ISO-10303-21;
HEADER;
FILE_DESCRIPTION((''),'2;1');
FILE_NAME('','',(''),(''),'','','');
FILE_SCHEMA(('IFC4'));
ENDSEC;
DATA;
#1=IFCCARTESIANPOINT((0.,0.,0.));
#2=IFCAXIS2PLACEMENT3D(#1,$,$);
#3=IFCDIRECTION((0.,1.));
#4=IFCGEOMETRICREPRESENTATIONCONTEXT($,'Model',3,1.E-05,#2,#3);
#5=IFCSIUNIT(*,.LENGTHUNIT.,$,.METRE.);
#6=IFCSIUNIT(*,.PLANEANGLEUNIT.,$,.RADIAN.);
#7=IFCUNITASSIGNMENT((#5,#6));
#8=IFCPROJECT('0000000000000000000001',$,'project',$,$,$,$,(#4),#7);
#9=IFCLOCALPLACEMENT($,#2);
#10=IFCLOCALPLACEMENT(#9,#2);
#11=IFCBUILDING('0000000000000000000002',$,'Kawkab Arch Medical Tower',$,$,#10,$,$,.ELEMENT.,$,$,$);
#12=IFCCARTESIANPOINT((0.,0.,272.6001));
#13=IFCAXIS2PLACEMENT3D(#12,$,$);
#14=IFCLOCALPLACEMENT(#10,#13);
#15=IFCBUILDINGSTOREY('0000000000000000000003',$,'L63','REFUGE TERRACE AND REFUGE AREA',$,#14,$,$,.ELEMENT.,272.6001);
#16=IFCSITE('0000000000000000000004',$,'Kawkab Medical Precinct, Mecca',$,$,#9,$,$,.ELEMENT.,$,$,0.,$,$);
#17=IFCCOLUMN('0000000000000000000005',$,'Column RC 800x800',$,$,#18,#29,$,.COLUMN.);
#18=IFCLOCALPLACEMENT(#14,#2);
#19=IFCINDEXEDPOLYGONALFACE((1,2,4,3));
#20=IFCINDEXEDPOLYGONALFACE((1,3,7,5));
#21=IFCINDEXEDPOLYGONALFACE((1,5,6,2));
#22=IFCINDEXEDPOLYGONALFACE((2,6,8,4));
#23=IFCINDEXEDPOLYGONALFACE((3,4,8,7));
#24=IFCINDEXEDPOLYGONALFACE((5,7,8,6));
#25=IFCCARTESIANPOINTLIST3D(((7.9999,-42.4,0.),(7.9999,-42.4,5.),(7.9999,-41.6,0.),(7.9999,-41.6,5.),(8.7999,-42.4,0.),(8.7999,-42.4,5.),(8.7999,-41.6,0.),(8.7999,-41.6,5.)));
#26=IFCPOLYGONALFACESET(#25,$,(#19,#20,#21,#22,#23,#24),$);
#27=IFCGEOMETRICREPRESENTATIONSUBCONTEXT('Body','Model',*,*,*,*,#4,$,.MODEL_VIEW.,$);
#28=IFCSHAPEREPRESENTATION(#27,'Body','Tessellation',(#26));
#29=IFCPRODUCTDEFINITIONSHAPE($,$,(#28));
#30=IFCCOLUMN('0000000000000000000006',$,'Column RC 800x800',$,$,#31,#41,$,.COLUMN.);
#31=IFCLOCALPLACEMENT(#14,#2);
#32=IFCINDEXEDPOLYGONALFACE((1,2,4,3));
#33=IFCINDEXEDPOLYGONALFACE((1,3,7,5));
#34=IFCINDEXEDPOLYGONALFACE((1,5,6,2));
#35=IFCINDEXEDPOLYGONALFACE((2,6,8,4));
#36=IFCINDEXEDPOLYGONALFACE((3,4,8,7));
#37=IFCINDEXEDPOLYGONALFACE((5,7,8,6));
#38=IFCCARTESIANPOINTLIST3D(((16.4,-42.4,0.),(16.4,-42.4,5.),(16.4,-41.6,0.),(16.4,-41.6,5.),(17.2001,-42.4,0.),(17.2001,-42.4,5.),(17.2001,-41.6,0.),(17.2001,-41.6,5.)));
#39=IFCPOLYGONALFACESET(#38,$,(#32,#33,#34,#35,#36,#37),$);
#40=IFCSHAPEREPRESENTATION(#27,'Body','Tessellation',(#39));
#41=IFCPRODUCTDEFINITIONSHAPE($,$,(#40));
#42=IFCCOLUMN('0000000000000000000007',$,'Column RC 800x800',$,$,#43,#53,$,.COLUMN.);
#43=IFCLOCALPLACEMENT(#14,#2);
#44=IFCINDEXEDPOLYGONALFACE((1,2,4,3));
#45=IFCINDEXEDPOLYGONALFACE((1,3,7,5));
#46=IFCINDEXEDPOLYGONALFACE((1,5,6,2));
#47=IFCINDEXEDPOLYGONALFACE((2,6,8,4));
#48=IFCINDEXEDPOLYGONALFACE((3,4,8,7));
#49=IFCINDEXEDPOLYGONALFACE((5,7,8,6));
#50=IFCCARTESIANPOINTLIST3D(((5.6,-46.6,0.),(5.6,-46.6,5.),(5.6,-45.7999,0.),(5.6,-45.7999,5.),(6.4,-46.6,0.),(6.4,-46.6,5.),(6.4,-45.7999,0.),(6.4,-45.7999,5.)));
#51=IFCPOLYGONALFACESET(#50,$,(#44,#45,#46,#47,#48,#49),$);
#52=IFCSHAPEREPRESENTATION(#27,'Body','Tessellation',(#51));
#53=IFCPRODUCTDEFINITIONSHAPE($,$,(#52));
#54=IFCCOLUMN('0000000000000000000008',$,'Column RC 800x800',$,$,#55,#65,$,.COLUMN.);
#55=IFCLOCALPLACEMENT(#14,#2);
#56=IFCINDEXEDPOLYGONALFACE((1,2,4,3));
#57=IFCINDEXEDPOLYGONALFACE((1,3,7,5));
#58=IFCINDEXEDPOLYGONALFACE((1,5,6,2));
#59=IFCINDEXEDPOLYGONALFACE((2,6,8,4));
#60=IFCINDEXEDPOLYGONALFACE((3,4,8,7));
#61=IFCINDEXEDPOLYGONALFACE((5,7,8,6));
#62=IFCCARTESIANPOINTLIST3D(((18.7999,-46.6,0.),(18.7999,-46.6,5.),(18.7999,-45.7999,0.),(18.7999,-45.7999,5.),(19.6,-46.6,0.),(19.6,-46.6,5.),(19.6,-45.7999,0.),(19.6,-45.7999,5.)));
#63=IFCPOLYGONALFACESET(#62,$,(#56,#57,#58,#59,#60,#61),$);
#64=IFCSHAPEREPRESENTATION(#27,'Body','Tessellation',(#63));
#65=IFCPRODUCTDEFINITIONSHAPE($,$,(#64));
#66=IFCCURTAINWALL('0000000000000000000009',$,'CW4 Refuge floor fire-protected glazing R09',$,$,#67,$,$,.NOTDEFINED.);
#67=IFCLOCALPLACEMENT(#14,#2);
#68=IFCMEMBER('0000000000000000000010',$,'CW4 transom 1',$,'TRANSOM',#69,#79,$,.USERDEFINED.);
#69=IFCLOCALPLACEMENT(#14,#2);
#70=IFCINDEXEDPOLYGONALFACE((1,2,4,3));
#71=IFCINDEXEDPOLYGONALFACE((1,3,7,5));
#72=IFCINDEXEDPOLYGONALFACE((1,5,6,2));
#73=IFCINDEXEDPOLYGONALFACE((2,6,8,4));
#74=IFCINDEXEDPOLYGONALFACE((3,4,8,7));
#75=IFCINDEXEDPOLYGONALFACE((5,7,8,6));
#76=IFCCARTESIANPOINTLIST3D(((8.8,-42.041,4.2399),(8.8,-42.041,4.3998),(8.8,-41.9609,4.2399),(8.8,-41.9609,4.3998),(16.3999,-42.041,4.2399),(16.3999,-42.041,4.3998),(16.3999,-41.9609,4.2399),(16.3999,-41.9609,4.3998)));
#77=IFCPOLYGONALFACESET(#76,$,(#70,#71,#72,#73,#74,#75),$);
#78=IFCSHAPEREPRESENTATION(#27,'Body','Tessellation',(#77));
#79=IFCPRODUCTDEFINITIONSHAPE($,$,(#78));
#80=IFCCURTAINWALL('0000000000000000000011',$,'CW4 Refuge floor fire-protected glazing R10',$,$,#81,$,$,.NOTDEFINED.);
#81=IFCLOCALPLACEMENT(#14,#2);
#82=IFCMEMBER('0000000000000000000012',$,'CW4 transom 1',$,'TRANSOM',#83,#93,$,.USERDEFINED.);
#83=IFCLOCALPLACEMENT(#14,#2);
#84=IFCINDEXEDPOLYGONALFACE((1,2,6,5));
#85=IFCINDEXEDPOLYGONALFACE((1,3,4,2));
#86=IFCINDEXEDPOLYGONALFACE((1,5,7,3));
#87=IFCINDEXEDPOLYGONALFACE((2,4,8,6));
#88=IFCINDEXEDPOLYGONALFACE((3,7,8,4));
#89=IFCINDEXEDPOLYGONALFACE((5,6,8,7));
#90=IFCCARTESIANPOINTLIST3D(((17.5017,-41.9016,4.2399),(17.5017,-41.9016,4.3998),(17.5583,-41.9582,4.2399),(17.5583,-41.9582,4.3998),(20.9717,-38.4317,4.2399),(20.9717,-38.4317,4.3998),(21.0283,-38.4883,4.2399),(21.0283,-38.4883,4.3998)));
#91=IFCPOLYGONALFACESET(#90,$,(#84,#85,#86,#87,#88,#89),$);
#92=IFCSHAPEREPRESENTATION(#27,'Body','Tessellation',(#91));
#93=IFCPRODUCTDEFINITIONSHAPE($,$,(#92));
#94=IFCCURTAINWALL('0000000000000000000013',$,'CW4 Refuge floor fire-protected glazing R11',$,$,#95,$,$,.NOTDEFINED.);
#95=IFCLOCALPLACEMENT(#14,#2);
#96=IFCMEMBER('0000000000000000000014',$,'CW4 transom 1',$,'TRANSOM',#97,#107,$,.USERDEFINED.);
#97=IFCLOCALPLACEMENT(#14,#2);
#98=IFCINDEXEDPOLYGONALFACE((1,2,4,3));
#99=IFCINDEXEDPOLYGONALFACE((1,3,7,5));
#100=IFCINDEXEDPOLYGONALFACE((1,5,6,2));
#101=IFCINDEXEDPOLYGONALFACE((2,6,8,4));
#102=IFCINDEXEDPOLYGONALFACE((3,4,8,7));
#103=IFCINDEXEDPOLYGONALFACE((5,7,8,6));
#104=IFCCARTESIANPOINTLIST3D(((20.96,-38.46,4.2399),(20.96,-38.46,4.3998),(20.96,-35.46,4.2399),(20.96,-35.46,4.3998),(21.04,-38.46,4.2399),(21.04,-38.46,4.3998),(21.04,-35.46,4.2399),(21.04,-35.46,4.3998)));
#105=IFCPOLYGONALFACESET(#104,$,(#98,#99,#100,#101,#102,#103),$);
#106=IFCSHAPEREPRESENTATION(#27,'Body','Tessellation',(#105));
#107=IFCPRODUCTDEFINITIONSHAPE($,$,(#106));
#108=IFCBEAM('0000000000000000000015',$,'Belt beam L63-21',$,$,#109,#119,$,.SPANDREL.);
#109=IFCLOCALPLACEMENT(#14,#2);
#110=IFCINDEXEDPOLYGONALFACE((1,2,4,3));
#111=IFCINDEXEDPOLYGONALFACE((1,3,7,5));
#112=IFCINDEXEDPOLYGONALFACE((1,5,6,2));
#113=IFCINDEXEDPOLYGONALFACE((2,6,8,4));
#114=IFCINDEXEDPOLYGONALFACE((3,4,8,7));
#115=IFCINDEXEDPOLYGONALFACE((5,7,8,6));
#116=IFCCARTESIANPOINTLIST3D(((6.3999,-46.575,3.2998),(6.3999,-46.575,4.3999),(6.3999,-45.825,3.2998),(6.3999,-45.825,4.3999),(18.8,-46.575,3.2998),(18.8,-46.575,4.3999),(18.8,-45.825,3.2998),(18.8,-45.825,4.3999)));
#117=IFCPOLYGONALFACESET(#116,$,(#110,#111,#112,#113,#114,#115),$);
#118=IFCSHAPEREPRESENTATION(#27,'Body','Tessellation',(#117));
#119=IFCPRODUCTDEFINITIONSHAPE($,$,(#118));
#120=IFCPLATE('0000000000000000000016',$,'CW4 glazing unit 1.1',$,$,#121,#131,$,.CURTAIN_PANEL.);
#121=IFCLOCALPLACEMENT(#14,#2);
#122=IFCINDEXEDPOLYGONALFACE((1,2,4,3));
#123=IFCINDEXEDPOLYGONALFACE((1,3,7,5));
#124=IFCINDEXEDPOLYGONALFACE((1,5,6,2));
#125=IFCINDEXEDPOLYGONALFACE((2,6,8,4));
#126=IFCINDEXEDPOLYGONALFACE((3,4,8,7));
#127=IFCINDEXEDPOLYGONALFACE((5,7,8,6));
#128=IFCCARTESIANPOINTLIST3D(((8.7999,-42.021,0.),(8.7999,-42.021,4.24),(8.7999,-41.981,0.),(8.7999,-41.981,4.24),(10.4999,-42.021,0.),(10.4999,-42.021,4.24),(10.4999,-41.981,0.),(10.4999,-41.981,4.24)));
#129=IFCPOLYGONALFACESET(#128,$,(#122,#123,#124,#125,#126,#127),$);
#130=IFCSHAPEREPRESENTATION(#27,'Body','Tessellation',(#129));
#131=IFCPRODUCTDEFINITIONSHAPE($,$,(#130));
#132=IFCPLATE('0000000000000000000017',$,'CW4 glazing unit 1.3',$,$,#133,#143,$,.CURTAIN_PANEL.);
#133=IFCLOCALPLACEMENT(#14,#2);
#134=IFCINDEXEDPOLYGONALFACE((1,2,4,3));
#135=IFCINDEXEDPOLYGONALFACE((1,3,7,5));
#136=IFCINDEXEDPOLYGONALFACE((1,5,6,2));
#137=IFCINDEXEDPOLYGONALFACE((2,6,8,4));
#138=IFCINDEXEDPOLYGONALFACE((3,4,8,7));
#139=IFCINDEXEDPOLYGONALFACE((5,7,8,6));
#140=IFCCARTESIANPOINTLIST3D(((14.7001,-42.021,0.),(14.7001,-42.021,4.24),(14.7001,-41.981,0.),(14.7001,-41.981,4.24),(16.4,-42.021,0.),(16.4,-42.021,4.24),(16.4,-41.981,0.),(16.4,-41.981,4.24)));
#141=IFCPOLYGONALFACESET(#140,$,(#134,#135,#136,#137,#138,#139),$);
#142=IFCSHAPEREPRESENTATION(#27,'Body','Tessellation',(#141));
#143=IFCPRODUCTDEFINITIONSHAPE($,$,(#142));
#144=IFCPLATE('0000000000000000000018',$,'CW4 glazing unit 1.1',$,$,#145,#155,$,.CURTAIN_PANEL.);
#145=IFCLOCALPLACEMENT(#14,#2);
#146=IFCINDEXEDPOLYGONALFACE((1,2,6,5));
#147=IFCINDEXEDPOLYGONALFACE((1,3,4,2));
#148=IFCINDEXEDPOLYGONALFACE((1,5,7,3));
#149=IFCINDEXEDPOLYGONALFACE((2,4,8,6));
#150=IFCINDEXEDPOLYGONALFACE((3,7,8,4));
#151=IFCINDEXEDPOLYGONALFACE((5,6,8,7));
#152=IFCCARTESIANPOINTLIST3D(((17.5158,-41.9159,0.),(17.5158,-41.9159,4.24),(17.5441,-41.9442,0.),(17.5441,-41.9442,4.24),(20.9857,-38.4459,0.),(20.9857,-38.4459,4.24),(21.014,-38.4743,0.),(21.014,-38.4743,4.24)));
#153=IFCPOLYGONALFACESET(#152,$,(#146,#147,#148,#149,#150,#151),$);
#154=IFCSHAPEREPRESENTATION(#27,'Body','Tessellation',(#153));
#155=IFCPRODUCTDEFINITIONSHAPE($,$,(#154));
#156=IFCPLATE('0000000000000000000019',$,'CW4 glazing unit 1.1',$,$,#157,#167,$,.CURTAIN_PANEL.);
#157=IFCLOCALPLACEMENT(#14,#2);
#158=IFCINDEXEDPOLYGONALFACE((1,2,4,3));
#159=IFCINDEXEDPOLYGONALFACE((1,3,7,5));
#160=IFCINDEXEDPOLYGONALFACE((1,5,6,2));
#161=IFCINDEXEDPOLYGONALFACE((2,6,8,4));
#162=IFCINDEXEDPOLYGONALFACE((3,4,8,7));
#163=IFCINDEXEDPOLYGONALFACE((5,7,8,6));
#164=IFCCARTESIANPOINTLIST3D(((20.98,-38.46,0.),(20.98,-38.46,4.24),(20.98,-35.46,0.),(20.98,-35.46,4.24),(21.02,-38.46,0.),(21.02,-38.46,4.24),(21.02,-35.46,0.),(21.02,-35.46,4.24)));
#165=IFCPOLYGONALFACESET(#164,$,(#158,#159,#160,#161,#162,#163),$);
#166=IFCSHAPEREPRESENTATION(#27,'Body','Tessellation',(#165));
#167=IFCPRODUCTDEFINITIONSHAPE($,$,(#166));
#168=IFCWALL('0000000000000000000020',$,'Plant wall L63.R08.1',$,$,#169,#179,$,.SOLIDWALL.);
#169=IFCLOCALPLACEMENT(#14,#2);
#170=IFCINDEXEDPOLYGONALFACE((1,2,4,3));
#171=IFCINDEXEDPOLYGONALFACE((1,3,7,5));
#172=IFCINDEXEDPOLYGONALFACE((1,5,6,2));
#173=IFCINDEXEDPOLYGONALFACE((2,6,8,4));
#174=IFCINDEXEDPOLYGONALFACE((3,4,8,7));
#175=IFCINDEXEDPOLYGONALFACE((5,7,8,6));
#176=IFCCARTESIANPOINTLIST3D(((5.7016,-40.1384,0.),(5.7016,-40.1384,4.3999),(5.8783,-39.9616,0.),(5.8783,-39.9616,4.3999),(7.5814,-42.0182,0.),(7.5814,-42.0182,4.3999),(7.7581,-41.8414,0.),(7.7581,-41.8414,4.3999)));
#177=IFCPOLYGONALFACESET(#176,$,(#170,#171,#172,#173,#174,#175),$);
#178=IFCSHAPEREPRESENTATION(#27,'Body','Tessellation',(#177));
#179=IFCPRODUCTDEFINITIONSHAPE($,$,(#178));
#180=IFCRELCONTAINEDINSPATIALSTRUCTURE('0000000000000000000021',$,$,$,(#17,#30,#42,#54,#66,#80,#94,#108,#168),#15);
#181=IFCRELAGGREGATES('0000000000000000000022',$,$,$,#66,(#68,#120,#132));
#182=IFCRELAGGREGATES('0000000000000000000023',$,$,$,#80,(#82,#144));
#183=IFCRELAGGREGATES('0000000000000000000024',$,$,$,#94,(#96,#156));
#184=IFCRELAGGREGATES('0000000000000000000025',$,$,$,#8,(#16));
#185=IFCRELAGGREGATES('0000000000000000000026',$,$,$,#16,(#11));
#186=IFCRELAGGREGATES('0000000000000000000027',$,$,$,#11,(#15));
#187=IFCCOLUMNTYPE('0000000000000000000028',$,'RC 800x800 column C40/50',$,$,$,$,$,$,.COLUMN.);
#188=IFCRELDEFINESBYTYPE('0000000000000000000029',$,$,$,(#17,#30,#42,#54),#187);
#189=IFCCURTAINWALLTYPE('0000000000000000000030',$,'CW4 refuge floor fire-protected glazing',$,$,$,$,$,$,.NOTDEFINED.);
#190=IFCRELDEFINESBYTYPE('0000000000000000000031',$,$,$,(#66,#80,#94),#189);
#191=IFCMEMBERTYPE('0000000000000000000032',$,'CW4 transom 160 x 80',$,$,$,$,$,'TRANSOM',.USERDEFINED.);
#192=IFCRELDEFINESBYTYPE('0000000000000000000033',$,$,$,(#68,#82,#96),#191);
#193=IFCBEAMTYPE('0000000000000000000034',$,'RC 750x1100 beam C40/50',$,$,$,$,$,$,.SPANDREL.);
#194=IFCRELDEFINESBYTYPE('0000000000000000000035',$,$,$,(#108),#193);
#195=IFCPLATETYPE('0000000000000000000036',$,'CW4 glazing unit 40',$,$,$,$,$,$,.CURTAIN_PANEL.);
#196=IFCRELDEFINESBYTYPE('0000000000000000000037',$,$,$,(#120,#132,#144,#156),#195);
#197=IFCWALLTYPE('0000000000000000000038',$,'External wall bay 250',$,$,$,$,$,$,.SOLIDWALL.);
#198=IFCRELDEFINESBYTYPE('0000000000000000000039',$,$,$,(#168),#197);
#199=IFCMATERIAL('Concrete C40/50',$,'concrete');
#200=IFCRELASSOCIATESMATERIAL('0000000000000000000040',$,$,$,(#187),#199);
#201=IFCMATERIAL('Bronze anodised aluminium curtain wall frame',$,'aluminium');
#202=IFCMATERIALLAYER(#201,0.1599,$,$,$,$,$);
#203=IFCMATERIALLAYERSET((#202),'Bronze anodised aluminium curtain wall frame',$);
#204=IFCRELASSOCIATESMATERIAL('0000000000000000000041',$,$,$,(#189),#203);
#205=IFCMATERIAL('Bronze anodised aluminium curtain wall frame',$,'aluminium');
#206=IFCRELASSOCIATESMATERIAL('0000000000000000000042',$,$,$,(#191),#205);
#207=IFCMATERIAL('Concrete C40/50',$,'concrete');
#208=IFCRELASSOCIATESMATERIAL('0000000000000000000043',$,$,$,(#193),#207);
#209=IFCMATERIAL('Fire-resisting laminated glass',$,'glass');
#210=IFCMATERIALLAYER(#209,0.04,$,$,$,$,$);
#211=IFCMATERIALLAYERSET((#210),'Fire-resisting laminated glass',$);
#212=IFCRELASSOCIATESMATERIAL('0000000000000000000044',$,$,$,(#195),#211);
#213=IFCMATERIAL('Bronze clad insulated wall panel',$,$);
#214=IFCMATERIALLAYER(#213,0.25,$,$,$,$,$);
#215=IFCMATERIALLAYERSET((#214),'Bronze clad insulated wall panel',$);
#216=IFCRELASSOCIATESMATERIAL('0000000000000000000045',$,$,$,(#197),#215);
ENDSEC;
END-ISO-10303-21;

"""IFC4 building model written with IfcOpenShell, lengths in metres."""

from ifc_helpers import new_model, si_unit, direction, frame, frame_2d, origin, origin_2d, place, context, subcontext, project, spatial, rectangle, extrude, material, layer, layer_set, material_profile, profile_set, type_object, element, aggregate, save


model = new_model("IFC4")

# Units and contexts
model_context = context("Model", 3, precision=1e-05, world=origin(), true_north=direction((0.0, 1.0)))
body_context = subcontext(model_context, "Body", "Model", "MODEL_VIEW")
ifc_project = project(units=[si_unit("LENGTHUNIT", "METRE"), si_unit("PLANEANGLEUNIT", "RADIAN")], contexts=[model_context])

# Site, building, storey
site_placement = place(None, origin())
site = spatial("IfcSite", under=ifc_project, at=site_placement, Name="Kawkab Medical Precinct, Mecca", CompositionType="ELEMENT", RefElevation=0.0)
building_placement = place(site_placement, origin())
building = spatial("IfcBuilding", under=site, at=building_placement, Name="Kawkab Arch Medical Tower", CompositionType="ELEMENT")
storey_placement = place(building_placement, frame((0.0, 0.0, 272.6001)))
storey = spatial("IfcBuildingStorey", under=building, at=storey_placement, Name="L63", Description="REFUGE TERRACE AND REFUGE AREA", CompositionType="ELEMENT", Elevation=272.6001)

# Columns
ifc_material_1 = material(Name="Concrete C40/50", Category="concrete")
ifc_material_profile_1 = material_profile(ifc_material_1, rectangle(XDim=0.8, YDim=0.8, at=origin_2d()), Name="RC 800x800")
ifc_profile_set_1 = profile_set([ifc_material_profile_1], Name="Concrete C40/50")
column_type = type_object("IfcColumnType", Name="RC 800x800 column C40/50", PredefinedType="COLUMN", material=ifc_profile_set_1)
for number, where, z_axis, x_axis, name in (
    (1, (8.3999, -42.0, 0.0), (0.0, 0.0, 1.0), (1.0, 0.0, 0.0), "Column RC 800x800"),
    (2, (16.8, -42.0, 0.0), (0.0, 0.0, 1.0), (1.0, 0.0, 0.0), "Column RC 800x800"),
    (3, (6.0, -46.2, 0.0), (0.0, 0.0, 1.0), (1.0, 0.0, 0.0), "Column RC 800x800"),
    (4, (19.2, -46.2, 0.0), (0.0, 0.0, 1.0), (1.0, 0.0, 0.0), "Column RC 800x800"),
):
    element("IfcColumn", number, at=place(storey_placement, frame(where, z_axis=z_axis, x_axis=x_axis)), inside=storey, type_object=column_type, Name=name, PredefinedType="COLUMN", context=body_context, shape_type="SweptSolid", body=[
        extrude(rectangle(XDim=0.8, YDim=0.8, at=origin_2d()), origin(), (0.0, 0.0, 1.0), 5.0),
    ])

# Curtain walls, members
ifc_material_2 = material(Name="Bronze anodised aluminium curtain wall frame", Category="aluminium")
ifc_layer_1 = layer(ifc_material_2, 0.1599)
ifc_layer_set_1 = layer_set([ifc_layer_1], Name="Bronze anodised aluminium curtain wall frame")
curtain_wall_type = type_object("IfcCurtainWallType", Name="CW4 refuge floor fire-protected glazing", PredefinedType="NOTDEFINED", material=ifc_layer_set_1)
placement = place(storey_placement, origin())
curtain_wall_1 = element("IfcCurtainWall", 5, at=placement, inside=storey, type_object=curtain_wall_type, Name="CW4 Refuge floor fire-protected glazing R09", PredefinedType="NOTDEFINED")
ifc_material_3 = material(Name="Bronze anodised aluminium curtain wall frame", Category="aluminium")
ifc_material_profile_2 = material_profile(ifc_material_3, rectangle(XDim=0.0801, YDim=0.1599, at=origin_2d()), Name="AL 80x160")
ifc_profile_set_2 = profile_set([ifc_material_profile_2], Name="Bronze anodised aluminium curtain wall frame")
member_type = type_object("IfcMemberType", Name="CW4 transom 160 x 80", ElementType="TRANSOM", PredefinedType="USERDEFINED", material=ifc_profile_set_2)
member_1_placement = place(storey_placement, frame((8.8, -42.001, 4.3198), z_axis=(1.0, 0.0, 0.0), x_axis=(0.0, 1.0, 0.0)))
member_1 = element("IfcMember", 6, at=member_1_placement, type_object=member_type, Name="CW4 transom 1", ObjectType="TRANSOM", PredefinedType="USERDEFINED", context=body_context, shape_type="SweptSolid", body=[
    extrude(rectangle(XDim=0.0801, YDim=0.1599, at=origin_2d()), origin(), (0.0, 0.0, 1.0), 7.5999),
])
curtain_wall_2 = element("IfcCurtainWall", 7, at=placement, inside=storey, type_object=curtain_wall_type, Name="CW4 Refuge floor fire-protected glazing R10", PredefinedType="NOTDEFINED")
member_2_placement = place(storey_placement, frame((17.53, -41.9299, 4.3198), z_axis=(0.707107, 0.707107, 0.0), x_axis=(-0.707107, 0.707107, 0.0)))
member_2 = element("IfcMember", 8, at=member_2_placement, type_object=member_type, Name="CW4 transom 1", ObjectType="TRANSOM", PredefinedType="USERDEFINED", context=body_context, shape_type="SweptSolid", body=[
    extrude(rectangle(XDim=0.0801, YDim=0.1599, at=origin_2d()), origin(), (0.0, 0.0, 1.0), 4.9072),
])
curtain_wall_3 = element("IfcCurtainWall", 9, at=placement, inside=storey, type_object=curtain_wall_type, Name="CW4 Refuge floor fire-protected glazing R11", PredefinedType="NOTDEFINED")
member_3_placement = place(storey_placement, frame((21.0, -38.46, 4.3198), z_axis=(0.0, 1.0, 0.0), x_axis=(-1.0, 0.0, 0.0)))
member_3 = element("IfcMember", 10, at=member_3_placement, type_object=member_type, Name="CW4 transom 1", ObjectType="TRANSOM", PredefinedType="USERDEFINED", context=body_context, shape_type="SweptSolid", body=[
    extrude(rectangle(XDim=0.0801, YDim=0.1599, at=origin_2d()), origin(), (0.0, 0.0, 1.0), 3.0),
])

# Beam
ifc_material_4 = material(Name="Concrete C40/50", Category="concrete")
ifc_material_profile_3 = material_profile(ifc_material_4, rectangle(XDim=0.75, YDim=1.1001, at=origin_2d()), Name="RC 750x1100")
ifc_profile_set_3 = profile_set([ifc_material_profile_3], Name="Concrete C40/50")
beam_type = type_object("IfcBeamType", Name="RC 750x1100 beam C40/50", PredefinedType="SPANDREL", material=ifc_profile_set_3)
beam_placement = place(storey_placement, frame((18.8, -46.2, 3.8499), z_axis=(-1.0, 0.0, 0.0), x_axis=(0.0, -1.0, 0.0)))
element("IfcBeam", 11, at=beam_placement, inside=storey, type_object=beam_type, Name="Belt beam L63-21", PredefinedType="SPANDREL", context=body_context, shape_type="SweptSolid", body=[
    extrude(rectangle(XDim=0.75, YDim=1.1001, at=origin_2d()), origin(), (0.0, 0.0, 1.0), 12.4001),
])

# Plates
ifc_material_5 = material(Name="Fire-resisting laminated glass", Category="glass")
ifc_layer_2 = layer(ifc_material_5, 0.04)
ifc_layer_set_2 = layer_set([ifc_layer_2], Name="Fire-resisting laminated glass")
plate_type = type_object("IfcPlateType", Name="CW4 glazing unit 40", PredefinedType="CURTAIN_PANEL", material=ifc_layer_set_2)
plate_1_placement = place(storey_placement, frame((9.6499, -42.001, 0.0), z_axis=(0.0, 0.0, 1.0), x_axis=(1.0, 0.0, 0.0)))
plate_1 = element("IfcPlate", 12, at=plate_1_placement, type_object=plate_type, Name="CW4 glazing unit 1.1", PredefinedType="CURTAIN_PANEL", context=body_context, shape_type="SweptSolid", body=[
    extrude(rectangle(XDim=1.7, YDim=0.04, at=origin_2d()), origin(), (0.0, 0.0, 1.0), 4.24),
])
plate_2_placement = place(storey_placement, frame((15.55, -42.001, 0.0), z_axis=(0.0, 0.0, 1.0), x_axis=(1.0, 0.0, 0.0)))
plate_2 = element("IfcPlate", 13, at=plate_2_placement, type_object=plate_type, Name="CW4 glazing unit 1.3", PredefinedType="CURTAIN_PANEL", context=body_context, shape_type="SweptSolid", body=[
    extrude(rectangle(XDim=1.7, YDim=0.04, at=origin_2d()), origin(), (0.0, 0.0, 1.0), 4.24),
])
aggregate(curtain_wall_1, [member_1, plate_1, plate_2])
plate_3_placement = place(storey_placement, frame((19.2649, -40.1951, 0.0), z_axis=(0.0, 0.0, 1.0), x_axis=(0.707107, 0.707107, 0.0)))
plate_3 = element("IfcPlate", 14, at=plate_3_placement, type_object=plate_type, Name="CW4 glazing unit 1.1", PredefinedType="CURTAIN_PANEL", context=body_context, shape_type="SweptSolid", body=[
    extrude(rectangle(XDim=4.9072, YDim=0.04, at=origin_2d()), origin(), (0.0, 0.0, 1.0), 4.24),
])
aggregate(curtain_wall_2, [member_2, plate_3])
plate_4_placement = place(storey_placement, frame((21.0, -36.96, 0.0), z_axis=(0.0, 0.0, 1.0), x_axis=(0.0, 1.0, 0.0)))
plate_4 = element("IfcPlate", 15, at=plate_4_placement, type_object=plate_type, Name="CW4 glazing unit 1.1", PredefinedType="CURTAIN_PANEL", context=body_context, shape_type="SweptSolid", body=[
    extrude(rectangle(XDim=3.0, YDim=0.04, at=origin_2d()), origin(), (0.0, 0.0, 1.0), 4.24),
])
aggregate(curtain_wall_3, [member_3, plate_4])

# Wall
ifc_material_6 = material(Name="Bronze clad insulated wall panel")
ifc_layer_3 = layer(ifc_material_6, 0.25)
ifc_layer_set_3 = layer_set([ifc_layer_3], Name="Bronze clad insulated wall panel")
wall_type_1 = type_object("IfcWallType", Name="External wall bay 250", PredefinedType="SOLIDWALL", material=ifc_layer_set_3)
wall_1_placement = place(storey_placement, frame((5.79, -40.05, 0.0), z_axis=(0.0, 0.0, 1.0), x_axis=(0.707107, -0.707107, 0.0)))
element("IfcWall", 16, at=wall_1_placement, inside=storey, type_object=wall_type_1, Name="Plant wall L63.R08.1", PredefinedType="SOLIDWALL", context=body_context, shape_type="SweptSolid", body=[
    extrude(rectangle(XDim=2.6584, YDim=0.25, at=frame_2d((1.3291, 0.0))), origin(), (0.0, 0.0, 1.0), 4.3999),
])

save(model, "model.ifc")
